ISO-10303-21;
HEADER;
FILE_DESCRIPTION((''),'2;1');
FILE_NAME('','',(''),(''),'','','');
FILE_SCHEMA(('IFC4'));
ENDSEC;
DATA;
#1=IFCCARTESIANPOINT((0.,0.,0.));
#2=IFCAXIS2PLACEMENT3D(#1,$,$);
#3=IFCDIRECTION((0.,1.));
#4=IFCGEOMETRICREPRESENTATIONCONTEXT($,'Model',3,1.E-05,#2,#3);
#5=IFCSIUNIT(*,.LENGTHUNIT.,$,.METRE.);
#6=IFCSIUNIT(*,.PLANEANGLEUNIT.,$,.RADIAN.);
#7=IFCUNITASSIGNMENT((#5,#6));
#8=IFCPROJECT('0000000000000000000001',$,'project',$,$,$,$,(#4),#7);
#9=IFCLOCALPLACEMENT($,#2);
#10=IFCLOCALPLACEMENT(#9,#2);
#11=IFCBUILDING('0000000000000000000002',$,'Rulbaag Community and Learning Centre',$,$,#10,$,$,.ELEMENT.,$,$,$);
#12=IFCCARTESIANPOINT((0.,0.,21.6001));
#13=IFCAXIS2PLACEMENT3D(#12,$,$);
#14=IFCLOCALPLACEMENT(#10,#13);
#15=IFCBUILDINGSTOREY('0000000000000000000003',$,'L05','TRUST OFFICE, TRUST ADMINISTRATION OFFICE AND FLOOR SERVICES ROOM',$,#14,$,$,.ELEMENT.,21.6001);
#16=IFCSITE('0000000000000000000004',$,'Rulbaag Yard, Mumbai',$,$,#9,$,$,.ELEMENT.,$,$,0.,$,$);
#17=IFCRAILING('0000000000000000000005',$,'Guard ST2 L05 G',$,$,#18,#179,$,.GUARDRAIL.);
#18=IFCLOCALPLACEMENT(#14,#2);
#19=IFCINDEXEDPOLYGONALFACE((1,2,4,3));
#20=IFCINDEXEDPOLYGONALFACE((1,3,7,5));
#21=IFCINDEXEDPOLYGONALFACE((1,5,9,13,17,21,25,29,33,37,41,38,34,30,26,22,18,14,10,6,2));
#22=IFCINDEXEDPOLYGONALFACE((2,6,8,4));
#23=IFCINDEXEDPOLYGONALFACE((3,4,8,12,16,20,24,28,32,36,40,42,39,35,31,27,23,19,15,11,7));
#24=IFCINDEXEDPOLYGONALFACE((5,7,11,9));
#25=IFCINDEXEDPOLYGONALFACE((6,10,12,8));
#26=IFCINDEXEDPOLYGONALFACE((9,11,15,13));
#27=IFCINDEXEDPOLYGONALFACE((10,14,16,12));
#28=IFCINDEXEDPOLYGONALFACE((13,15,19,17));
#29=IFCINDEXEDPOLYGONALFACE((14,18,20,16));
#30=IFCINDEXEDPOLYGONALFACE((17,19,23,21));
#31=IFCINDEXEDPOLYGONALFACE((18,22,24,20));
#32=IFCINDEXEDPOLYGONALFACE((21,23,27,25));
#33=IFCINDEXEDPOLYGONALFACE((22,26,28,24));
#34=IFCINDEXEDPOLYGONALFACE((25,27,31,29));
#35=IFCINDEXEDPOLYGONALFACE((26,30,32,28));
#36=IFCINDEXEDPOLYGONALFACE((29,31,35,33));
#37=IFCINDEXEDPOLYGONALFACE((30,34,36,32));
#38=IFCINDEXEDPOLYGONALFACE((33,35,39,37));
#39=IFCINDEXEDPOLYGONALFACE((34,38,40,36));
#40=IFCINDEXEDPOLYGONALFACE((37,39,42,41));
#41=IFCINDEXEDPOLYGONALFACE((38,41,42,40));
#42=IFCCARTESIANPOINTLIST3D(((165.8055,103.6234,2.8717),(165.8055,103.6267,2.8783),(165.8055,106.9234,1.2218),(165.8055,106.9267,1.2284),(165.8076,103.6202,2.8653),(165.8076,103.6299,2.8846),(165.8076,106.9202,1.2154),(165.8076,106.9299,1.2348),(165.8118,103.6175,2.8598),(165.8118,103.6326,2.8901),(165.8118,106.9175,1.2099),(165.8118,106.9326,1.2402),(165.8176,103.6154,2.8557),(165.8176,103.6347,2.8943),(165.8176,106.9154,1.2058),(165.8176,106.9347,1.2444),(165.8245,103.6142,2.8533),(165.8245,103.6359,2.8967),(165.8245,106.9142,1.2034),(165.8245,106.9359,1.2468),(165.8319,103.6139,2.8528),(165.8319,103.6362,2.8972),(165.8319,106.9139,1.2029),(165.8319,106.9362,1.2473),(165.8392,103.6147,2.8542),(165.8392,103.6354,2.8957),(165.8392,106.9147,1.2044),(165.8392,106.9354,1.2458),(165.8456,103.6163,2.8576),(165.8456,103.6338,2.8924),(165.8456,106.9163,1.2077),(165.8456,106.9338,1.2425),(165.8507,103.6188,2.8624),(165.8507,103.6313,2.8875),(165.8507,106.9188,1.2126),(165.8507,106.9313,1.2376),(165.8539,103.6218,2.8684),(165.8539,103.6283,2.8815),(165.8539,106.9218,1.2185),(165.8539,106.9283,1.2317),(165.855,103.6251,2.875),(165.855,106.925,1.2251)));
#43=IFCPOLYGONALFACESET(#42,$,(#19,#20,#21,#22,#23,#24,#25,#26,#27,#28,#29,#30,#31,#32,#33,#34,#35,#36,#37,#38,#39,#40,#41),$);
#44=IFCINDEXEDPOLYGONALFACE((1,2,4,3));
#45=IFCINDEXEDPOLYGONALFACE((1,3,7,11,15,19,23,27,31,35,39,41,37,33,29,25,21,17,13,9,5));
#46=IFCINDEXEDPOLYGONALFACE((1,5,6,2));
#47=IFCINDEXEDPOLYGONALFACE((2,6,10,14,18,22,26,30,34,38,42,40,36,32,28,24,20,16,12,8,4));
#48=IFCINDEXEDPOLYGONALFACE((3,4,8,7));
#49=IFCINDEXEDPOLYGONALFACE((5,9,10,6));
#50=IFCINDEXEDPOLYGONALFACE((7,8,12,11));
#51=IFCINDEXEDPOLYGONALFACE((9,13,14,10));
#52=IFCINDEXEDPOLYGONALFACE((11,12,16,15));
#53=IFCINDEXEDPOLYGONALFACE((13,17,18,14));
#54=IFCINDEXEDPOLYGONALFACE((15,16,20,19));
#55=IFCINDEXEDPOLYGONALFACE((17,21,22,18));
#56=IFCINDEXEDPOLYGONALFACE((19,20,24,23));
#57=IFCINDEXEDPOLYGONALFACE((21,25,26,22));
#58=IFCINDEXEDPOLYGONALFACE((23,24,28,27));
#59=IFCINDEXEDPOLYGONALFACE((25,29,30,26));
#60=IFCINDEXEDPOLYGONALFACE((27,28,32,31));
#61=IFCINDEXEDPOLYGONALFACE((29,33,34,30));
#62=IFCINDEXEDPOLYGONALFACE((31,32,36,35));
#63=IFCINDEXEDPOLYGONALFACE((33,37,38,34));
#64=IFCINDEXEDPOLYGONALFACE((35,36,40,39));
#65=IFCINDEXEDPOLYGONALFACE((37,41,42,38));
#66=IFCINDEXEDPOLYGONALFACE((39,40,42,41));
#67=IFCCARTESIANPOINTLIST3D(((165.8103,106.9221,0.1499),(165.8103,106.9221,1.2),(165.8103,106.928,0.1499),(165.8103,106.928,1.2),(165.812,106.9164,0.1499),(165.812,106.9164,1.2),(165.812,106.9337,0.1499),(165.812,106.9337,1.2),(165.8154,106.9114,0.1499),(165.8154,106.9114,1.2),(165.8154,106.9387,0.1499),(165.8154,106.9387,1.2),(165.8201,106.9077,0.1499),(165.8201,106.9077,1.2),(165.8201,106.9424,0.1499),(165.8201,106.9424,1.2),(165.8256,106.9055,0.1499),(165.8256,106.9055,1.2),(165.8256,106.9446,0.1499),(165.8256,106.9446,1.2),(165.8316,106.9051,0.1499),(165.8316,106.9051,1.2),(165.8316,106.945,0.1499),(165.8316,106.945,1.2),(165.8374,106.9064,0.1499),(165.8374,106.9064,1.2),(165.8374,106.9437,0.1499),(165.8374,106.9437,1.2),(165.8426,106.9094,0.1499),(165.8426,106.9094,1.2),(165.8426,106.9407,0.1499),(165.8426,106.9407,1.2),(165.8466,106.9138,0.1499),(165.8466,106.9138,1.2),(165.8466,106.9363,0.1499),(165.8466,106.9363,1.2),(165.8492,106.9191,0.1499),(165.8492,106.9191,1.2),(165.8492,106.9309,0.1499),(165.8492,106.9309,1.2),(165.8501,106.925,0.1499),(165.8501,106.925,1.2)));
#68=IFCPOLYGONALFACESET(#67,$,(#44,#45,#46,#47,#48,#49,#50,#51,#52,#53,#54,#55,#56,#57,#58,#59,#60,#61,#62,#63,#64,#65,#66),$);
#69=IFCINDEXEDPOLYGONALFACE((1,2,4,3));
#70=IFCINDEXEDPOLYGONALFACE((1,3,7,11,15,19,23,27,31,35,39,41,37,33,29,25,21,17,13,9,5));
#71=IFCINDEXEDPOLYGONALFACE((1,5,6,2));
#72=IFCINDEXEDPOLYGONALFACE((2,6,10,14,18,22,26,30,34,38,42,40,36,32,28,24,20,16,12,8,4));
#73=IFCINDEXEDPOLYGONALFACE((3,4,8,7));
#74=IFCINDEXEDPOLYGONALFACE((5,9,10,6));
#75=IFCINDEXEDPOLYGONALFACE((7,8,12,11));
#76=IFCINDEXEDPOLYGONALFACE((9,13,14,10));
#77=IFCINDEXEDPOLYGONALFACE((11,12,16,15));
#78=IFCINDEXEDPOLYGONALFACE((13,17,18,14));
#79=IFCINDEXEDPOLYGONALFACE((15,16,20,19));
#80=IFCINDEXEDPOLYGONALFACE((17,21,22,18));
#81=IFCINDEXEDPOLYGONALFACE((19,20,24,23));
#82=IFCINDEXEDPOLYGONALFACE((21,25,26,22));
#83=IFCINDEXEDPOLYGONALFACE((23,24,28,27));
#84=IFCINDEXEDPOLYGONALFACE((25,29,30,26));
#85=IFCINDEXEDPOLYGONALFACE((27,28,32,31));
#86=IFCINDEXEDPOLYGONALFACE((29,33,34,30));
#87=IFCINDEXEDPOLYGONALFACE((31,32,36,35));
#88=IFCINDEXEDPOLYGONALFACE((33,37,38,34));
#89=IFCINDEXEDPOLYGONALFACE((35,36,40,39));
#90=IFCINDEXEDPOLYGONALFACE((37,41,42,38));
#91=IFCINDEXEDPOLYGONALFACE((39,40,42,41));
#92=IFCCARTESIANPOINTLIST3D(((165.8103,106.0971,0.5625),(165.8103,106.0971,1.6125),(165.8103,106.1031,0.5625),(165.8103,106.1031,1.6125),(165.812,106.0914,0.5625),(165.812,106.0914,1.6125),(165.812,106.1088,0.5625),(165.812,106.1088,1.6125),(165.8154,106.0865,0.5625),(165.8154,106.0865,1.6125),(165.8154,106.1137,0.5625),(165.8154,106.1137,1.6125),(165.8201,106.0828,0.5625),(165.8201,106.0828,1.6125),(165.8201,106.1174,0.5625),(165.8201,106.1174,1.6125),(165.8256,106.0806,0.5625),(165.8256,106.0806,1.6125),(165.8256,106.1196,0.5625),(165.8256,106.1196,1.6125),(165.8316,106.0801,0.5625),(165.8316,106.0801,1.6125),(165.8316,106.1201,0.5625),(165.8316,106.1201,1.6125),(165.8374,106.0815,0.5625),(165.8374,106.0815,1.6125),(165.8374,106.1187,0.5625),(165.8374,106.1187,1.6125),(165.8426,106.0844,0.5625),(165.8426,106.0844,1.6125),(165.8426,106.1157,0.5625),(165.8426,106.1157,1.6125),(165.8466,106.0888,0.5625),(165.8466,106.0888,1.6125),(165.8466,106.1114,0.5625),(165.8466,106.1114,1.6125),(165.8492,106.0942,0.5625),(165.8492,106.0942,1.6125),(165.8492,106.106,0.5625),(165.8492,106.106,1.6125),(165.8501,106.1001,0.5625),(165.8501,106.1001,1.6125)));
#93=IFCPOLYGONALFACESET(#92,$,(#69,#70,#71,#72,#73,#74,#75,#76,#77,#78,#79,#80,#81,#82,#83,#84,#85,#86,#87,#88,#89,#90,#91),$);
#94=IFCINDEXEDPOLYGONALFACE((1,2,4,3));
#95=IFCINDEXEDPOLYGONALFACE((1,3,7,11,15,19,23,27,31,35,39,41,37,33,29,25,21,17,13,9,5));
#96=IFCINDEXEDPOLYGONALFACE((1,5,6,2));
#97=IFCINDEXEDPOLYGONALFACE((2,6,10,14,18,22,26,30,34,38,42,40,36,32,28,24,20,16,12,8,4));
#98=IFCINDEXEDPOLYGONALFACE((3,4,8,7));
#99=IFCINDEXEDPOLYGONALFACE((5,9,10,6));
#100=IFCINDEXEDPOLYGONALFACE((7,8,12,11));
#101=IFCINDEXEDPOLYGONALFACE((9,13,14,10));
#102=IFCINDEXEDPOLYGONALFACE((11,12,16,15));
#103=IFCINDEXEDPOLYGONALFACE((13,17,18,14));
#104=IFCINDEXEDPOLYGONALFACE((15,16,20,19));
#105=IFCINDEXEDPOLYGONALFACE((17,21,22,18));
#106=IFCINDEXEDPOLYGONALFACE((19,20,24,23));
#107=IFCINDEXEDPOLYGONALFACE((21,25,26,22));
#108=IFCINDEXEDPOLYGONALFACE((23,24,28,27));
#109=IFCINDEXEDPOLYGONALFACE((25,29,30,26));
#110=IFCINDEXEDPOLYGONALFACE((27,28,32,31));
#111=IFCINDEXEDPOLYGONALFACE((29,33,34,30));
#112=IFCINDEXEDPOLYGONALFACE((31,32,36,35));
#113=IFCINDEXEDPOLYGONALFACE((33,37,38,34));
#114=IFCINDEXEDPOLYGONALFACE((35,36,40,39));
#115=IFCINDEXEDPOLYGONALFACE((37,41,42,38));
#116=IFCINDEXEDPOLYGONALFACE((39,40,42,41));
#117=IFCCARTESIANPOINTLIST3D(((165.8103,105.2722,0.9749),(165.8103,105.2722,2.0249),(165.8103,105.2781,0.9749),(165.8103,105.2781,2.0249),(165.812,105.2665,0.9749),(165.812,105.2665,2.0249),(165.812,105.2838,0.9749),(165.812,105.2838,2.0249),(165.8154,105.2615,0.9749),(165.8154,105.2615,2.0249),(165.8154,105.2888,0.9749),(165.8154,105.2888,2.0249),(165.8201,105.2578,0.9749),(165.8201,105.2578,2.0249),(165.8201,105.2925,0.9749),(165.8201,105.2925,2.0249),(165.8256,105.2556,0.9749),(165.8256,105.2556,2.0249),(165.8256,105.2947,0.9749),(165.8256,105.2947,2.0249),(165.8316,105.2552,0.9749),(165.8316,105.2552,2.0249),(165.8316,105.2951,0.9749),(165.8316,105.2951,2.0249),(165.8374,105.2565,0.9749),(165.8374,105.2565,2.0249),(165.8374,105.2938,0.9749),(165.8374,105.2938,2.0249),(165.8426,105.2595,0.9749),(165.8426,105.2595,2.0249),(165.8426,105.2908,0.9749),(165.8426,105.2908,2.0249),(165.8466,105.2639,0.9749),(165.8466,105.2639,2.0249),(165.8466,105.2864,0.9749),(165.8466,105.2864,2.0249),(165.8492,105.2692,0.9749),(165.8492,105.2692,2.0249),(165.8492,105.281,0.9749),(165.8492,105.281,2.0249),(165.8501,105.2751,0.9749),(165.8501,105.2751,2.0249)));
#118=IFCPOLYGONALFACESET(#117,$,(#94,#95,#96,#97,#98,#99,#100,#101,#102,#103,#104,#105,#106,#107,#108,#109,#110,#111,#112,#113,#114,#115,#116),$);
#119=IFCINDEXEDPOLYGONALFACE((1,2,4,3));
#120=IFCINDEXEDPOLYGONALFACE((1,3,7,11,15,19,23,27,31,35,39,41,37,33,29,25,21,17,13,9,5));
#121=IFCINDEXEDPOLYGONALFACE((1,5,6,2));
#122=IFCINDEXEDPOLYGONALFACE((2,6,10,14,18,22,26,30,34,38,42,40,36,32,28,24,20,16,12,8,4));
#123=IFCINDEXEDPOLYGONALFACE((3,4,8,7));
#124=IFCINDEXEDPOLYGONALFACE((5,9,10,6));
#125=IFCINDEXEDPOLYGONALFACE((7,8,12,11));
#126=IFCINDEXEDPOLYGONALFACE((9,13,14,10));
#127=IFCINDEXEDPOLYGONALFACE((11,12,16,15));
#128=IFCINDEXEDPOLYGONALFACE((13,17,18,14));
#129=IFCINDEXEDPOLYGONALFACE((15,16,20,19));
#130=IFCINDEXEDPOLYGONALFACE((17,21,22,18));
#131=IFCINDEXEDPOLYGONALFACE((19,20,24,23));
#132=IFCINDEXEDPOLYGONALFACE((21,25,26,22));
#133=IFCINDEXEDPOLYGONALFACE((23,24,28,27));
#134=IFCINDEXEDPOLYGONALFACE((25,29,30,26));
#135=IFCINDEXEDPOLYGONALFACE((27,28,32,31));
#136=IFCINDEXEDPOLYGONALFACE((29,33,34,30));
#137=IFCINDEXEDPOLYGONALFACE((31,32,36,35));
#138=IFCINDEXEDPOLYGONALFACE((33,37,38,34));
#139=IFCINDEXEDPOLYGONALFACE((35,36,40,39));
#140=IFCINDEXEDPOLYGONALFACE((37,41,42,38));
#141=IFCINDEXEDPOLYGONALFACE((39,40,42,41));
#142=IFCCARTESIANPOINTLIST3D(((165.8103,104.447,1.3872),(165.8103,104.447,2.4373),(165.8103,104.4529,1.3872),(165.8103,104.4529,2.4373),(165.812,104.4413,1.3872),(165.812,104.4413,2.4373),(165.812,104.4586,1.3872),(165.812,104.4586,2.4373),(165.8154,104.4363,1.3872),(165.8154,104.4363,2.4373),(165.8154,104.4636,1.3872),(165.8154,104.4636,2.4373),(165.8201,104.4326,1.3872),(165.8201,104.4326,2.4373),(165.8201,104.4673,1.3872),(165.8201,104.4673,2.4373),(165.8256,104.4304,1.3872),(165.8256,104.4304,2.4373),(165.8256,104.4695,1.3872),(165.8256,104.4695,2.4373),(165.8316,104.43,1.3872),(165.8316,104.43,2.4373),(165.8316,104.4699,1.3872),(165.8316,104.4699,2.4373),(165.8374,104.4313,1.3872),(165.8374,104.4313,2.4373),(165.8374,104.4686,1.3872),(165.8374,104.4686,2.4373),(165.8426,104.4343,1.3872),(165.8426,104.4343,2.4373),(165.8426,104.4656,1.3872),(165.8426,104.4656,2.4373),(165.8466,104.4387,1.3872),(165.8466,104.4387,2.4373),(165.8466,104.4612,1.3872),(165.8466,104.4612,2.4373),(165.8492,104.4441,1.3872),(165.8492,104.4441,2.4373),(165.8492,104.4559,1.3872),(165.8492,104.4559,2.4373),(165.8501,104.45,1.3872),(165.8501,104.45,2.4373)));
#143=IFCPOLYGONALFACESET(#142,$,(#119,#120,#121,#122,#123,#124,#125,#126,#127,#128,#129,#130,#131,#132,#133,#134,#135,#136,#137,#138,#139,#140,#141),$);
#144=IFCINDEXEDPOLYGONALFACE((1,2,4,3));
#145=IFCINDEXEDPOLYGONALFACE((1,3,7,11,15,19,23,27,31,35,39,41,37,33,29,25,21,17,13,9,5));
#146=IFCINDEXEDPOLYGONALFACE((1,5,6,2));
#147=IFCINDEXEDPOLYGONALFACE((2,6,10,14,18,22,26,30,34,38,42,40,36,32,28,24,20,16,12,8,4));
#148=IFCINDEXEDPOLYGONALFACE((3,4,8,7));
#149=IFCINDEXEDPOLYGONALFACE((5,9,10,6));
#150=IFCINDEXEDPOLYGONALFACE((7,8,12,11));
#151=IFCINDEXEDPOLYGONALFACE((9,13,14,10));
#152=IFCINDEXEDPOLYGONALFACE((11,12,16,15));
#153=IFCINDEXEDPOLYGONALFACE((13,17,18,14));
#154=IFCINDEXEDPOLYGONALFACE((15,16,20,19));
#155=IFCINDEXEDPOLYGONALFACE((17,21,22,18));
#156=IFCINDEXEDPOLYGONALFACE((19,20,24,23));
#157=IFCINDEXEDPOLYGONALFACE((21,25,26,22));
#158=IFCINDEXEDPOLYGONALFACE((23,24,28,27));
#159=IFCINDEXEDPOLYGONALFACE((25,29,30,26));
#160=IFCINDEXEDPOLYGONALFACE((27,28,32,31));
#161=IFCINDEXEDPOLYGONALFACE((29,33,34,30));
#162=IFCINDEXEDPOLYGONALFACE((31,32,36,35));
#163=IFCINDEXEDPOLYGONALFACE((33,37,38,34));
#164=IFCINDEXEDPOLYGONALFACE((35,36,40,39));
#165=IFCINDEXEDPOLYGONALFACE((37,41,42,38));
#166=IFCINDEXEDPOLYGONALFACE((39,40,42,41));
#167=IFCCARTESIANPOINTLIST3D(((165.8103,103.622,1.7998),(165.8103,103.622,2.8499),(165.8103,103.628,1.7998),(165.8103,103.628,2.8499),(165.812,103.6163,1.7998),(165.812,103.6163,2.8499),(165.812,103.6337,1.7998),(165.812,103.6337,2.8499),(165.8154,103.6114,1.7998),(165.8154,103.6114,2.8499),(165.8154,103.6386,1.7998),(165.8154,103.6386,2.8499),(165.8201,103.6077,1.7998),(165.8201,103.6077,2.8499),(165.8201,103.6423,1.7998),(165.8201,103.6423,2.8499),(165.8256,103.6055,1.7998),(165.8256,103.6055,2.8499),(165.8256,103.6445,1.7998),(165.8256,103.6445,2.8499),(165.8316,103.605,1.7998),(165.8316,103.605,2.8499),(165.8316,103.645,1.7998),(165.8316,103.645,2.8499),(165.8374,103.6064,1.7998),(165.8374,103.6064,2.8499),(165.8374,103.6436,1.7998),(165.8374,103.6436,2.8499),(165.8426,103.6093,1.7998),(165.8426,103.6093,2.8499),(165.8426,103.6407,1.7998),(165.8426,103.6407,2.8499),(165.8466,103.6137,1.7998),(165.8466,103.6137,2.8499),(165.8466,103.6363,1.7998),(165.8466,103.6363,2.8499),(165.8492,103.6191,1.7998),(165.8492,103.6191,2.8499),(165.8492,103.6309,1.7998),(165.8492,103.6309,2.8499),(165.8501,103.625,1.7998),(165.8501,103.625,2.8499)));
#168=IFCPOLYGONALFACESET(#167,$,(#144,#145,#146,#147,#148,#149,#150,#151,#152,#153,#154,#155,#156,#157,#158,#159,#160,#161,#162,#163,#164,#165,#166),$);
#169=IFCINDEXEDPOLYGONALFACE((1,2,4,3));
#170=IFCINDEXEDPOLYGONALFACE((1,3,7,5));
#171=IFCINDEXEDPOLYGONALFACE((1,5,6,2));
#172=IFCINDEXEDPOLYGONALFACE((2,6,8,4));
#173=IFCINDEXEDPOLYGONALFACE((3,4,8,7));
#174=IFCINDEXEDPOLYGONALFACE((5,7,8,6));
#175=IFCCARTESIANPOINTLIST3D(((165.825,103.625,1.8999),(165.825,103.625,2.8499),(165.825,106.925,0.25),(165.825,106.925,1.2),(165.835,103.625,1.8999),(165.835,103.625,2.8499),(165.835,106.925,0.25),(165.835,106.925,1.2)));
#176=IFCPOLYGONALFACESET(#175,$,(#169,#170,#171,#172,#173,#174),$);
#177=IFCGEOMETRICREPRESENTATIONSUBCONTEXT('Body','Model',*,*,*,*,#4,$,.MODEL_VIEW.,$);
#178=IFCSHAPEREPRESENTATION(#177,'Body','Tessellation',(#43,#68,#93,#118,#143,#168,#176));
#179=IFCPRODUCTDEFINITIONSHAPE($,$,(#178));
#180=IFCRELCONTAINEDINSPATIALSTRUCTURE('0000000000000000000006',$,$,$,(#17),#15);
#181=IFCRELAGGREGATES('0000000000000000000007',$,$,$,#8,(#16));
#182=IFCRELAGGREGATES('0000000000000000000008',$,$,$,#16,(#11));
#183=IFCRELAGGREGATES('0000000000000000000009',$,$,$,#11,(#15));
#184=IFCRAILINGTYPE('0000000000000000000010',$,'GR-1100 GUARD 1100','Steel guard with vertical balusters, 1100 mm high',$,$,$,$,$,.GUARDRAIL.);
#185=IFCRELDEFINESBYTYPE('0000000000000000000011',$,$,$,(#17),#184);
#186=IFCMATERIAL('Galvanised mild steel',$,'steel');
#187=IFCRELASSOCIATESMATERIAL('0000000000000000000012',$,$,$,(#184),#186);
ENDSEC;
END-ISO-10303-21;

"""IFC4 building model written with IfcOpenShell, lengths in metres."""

from ifc_helpers import new_model, si_unit, direction, frame, origin, origin_2d, place, context, subcontext, project, spatial, polyline, circle, outline, extrude, material, type_object, element, save


model = new_model("IFC4")

# Units and contexts
model_context = context("Model", 3, precision=1e-05, world=origin(), true_north=direction((0.0, 1.0)))
body_context = subcontext(model_context, "Body", "Model", "MODEL_VIEW")
ifc_project = project(units=[si_unit("LENGTHUNIT", "METRE"), si_unit("PLANEANGLEUNIT", "RADIAN")], contexts=[model_context])

# Site, building, storey
site_placement = place(None, origin())
site = spatial("IfcSite", under=ifc_project, at=site_placement, Name="Rulbaag Yard, Mumbai", CompositionType="ELEMENT", RefElevation=0.0)
building_placement = place(site_placement, origin())
building = spatial("IfcBuilding", under=site, at=building_placement, Name="Rulbaag Community and Learning Centre", CompositionType="ELEMENT")
storey_placement = place(building_placement, frame((0.0, 0.0, 21.6001)))
storey = spatial("IfcBuildingStorey", under=building, at=storey_placement, Name="L05", Description="TRUST OFFICE, TRUST ADMINISTRATION OFFICE AND FLOOR SERVICES ROOM", CompositionType="ELEMENT", Elevation=21.6001)

# Railing
ifc_material_1 = material(Name="Galvanised mild steel", Category="steel")
railing_type_1 = type_object("IfcRailingType", Name="GR-1100 GUARD 1100", Description="Steel guard with vertical balusters, 1100 mm high", PredefinedType="GUARDRAIL", material=ifc_material_1)
railing_1_placement = place(storey_placement, frame((165.8301, 106.925, 0.1499)))
element("IfcRailing", 1, at=railing_1_placement, inside=storey, type_object=railing_type_1, Name="Guard ST2 L05 G", PredefinedType="GUARDRAIL", context=body_context, shape_type="SweptSolid", body=[
    extrude(circle(Radius=0.0249, at=origin_2d()), frame((0.0, 0.0, 1.0752), z_axis=(0.0, -0.89444, 0.447187), x_axis=(1.0, 0.0, 0.0)), (0.0, 0.0, 1.0), 3.6895),
    extrude(circle(Radius=0.02, at=origin_2d()), origin(), (0.0, 0.0, 1.0), 1.05),
    extrude(circle(Radius=0.02, at=origin_2d()), frame((0.0, -0.825, 0.4126)), (0.0, 0.0, 1.0), 1.05),
    extrude(circle(Radius=0.02, at=origin_2d()), frame((0.0, -1.6499, 0.825)), (0.0, 0.0, 1.0), 1.05),
    extrude(circle(Radius=0.02, at=origin_2d()), frame((0.0, -2.4751, 1.2373)), (0.0, 0.0, 1.0), 1.05),
    extrude(circle(Radius=0.02, at=origin_2d()), frame((0.0, -3.3, 1.6499)), (0.0, 0.0, 1.0), 1.05),
    extrude(outline(polyline([(0.0, 0.0), (3.3, 1.6499), (3.3, 2.5999), (0.0, 0.95), (0.0, 0.0)])), frame((0.0049, 0.0, 0.1001), z_axis=(-1.0, 0.0, 0.0), x_axis=(0.0, -1.0, 0.0)), (0.0, 0.0, 1.0), 0.01),
])

save(model, "model.ifc")
